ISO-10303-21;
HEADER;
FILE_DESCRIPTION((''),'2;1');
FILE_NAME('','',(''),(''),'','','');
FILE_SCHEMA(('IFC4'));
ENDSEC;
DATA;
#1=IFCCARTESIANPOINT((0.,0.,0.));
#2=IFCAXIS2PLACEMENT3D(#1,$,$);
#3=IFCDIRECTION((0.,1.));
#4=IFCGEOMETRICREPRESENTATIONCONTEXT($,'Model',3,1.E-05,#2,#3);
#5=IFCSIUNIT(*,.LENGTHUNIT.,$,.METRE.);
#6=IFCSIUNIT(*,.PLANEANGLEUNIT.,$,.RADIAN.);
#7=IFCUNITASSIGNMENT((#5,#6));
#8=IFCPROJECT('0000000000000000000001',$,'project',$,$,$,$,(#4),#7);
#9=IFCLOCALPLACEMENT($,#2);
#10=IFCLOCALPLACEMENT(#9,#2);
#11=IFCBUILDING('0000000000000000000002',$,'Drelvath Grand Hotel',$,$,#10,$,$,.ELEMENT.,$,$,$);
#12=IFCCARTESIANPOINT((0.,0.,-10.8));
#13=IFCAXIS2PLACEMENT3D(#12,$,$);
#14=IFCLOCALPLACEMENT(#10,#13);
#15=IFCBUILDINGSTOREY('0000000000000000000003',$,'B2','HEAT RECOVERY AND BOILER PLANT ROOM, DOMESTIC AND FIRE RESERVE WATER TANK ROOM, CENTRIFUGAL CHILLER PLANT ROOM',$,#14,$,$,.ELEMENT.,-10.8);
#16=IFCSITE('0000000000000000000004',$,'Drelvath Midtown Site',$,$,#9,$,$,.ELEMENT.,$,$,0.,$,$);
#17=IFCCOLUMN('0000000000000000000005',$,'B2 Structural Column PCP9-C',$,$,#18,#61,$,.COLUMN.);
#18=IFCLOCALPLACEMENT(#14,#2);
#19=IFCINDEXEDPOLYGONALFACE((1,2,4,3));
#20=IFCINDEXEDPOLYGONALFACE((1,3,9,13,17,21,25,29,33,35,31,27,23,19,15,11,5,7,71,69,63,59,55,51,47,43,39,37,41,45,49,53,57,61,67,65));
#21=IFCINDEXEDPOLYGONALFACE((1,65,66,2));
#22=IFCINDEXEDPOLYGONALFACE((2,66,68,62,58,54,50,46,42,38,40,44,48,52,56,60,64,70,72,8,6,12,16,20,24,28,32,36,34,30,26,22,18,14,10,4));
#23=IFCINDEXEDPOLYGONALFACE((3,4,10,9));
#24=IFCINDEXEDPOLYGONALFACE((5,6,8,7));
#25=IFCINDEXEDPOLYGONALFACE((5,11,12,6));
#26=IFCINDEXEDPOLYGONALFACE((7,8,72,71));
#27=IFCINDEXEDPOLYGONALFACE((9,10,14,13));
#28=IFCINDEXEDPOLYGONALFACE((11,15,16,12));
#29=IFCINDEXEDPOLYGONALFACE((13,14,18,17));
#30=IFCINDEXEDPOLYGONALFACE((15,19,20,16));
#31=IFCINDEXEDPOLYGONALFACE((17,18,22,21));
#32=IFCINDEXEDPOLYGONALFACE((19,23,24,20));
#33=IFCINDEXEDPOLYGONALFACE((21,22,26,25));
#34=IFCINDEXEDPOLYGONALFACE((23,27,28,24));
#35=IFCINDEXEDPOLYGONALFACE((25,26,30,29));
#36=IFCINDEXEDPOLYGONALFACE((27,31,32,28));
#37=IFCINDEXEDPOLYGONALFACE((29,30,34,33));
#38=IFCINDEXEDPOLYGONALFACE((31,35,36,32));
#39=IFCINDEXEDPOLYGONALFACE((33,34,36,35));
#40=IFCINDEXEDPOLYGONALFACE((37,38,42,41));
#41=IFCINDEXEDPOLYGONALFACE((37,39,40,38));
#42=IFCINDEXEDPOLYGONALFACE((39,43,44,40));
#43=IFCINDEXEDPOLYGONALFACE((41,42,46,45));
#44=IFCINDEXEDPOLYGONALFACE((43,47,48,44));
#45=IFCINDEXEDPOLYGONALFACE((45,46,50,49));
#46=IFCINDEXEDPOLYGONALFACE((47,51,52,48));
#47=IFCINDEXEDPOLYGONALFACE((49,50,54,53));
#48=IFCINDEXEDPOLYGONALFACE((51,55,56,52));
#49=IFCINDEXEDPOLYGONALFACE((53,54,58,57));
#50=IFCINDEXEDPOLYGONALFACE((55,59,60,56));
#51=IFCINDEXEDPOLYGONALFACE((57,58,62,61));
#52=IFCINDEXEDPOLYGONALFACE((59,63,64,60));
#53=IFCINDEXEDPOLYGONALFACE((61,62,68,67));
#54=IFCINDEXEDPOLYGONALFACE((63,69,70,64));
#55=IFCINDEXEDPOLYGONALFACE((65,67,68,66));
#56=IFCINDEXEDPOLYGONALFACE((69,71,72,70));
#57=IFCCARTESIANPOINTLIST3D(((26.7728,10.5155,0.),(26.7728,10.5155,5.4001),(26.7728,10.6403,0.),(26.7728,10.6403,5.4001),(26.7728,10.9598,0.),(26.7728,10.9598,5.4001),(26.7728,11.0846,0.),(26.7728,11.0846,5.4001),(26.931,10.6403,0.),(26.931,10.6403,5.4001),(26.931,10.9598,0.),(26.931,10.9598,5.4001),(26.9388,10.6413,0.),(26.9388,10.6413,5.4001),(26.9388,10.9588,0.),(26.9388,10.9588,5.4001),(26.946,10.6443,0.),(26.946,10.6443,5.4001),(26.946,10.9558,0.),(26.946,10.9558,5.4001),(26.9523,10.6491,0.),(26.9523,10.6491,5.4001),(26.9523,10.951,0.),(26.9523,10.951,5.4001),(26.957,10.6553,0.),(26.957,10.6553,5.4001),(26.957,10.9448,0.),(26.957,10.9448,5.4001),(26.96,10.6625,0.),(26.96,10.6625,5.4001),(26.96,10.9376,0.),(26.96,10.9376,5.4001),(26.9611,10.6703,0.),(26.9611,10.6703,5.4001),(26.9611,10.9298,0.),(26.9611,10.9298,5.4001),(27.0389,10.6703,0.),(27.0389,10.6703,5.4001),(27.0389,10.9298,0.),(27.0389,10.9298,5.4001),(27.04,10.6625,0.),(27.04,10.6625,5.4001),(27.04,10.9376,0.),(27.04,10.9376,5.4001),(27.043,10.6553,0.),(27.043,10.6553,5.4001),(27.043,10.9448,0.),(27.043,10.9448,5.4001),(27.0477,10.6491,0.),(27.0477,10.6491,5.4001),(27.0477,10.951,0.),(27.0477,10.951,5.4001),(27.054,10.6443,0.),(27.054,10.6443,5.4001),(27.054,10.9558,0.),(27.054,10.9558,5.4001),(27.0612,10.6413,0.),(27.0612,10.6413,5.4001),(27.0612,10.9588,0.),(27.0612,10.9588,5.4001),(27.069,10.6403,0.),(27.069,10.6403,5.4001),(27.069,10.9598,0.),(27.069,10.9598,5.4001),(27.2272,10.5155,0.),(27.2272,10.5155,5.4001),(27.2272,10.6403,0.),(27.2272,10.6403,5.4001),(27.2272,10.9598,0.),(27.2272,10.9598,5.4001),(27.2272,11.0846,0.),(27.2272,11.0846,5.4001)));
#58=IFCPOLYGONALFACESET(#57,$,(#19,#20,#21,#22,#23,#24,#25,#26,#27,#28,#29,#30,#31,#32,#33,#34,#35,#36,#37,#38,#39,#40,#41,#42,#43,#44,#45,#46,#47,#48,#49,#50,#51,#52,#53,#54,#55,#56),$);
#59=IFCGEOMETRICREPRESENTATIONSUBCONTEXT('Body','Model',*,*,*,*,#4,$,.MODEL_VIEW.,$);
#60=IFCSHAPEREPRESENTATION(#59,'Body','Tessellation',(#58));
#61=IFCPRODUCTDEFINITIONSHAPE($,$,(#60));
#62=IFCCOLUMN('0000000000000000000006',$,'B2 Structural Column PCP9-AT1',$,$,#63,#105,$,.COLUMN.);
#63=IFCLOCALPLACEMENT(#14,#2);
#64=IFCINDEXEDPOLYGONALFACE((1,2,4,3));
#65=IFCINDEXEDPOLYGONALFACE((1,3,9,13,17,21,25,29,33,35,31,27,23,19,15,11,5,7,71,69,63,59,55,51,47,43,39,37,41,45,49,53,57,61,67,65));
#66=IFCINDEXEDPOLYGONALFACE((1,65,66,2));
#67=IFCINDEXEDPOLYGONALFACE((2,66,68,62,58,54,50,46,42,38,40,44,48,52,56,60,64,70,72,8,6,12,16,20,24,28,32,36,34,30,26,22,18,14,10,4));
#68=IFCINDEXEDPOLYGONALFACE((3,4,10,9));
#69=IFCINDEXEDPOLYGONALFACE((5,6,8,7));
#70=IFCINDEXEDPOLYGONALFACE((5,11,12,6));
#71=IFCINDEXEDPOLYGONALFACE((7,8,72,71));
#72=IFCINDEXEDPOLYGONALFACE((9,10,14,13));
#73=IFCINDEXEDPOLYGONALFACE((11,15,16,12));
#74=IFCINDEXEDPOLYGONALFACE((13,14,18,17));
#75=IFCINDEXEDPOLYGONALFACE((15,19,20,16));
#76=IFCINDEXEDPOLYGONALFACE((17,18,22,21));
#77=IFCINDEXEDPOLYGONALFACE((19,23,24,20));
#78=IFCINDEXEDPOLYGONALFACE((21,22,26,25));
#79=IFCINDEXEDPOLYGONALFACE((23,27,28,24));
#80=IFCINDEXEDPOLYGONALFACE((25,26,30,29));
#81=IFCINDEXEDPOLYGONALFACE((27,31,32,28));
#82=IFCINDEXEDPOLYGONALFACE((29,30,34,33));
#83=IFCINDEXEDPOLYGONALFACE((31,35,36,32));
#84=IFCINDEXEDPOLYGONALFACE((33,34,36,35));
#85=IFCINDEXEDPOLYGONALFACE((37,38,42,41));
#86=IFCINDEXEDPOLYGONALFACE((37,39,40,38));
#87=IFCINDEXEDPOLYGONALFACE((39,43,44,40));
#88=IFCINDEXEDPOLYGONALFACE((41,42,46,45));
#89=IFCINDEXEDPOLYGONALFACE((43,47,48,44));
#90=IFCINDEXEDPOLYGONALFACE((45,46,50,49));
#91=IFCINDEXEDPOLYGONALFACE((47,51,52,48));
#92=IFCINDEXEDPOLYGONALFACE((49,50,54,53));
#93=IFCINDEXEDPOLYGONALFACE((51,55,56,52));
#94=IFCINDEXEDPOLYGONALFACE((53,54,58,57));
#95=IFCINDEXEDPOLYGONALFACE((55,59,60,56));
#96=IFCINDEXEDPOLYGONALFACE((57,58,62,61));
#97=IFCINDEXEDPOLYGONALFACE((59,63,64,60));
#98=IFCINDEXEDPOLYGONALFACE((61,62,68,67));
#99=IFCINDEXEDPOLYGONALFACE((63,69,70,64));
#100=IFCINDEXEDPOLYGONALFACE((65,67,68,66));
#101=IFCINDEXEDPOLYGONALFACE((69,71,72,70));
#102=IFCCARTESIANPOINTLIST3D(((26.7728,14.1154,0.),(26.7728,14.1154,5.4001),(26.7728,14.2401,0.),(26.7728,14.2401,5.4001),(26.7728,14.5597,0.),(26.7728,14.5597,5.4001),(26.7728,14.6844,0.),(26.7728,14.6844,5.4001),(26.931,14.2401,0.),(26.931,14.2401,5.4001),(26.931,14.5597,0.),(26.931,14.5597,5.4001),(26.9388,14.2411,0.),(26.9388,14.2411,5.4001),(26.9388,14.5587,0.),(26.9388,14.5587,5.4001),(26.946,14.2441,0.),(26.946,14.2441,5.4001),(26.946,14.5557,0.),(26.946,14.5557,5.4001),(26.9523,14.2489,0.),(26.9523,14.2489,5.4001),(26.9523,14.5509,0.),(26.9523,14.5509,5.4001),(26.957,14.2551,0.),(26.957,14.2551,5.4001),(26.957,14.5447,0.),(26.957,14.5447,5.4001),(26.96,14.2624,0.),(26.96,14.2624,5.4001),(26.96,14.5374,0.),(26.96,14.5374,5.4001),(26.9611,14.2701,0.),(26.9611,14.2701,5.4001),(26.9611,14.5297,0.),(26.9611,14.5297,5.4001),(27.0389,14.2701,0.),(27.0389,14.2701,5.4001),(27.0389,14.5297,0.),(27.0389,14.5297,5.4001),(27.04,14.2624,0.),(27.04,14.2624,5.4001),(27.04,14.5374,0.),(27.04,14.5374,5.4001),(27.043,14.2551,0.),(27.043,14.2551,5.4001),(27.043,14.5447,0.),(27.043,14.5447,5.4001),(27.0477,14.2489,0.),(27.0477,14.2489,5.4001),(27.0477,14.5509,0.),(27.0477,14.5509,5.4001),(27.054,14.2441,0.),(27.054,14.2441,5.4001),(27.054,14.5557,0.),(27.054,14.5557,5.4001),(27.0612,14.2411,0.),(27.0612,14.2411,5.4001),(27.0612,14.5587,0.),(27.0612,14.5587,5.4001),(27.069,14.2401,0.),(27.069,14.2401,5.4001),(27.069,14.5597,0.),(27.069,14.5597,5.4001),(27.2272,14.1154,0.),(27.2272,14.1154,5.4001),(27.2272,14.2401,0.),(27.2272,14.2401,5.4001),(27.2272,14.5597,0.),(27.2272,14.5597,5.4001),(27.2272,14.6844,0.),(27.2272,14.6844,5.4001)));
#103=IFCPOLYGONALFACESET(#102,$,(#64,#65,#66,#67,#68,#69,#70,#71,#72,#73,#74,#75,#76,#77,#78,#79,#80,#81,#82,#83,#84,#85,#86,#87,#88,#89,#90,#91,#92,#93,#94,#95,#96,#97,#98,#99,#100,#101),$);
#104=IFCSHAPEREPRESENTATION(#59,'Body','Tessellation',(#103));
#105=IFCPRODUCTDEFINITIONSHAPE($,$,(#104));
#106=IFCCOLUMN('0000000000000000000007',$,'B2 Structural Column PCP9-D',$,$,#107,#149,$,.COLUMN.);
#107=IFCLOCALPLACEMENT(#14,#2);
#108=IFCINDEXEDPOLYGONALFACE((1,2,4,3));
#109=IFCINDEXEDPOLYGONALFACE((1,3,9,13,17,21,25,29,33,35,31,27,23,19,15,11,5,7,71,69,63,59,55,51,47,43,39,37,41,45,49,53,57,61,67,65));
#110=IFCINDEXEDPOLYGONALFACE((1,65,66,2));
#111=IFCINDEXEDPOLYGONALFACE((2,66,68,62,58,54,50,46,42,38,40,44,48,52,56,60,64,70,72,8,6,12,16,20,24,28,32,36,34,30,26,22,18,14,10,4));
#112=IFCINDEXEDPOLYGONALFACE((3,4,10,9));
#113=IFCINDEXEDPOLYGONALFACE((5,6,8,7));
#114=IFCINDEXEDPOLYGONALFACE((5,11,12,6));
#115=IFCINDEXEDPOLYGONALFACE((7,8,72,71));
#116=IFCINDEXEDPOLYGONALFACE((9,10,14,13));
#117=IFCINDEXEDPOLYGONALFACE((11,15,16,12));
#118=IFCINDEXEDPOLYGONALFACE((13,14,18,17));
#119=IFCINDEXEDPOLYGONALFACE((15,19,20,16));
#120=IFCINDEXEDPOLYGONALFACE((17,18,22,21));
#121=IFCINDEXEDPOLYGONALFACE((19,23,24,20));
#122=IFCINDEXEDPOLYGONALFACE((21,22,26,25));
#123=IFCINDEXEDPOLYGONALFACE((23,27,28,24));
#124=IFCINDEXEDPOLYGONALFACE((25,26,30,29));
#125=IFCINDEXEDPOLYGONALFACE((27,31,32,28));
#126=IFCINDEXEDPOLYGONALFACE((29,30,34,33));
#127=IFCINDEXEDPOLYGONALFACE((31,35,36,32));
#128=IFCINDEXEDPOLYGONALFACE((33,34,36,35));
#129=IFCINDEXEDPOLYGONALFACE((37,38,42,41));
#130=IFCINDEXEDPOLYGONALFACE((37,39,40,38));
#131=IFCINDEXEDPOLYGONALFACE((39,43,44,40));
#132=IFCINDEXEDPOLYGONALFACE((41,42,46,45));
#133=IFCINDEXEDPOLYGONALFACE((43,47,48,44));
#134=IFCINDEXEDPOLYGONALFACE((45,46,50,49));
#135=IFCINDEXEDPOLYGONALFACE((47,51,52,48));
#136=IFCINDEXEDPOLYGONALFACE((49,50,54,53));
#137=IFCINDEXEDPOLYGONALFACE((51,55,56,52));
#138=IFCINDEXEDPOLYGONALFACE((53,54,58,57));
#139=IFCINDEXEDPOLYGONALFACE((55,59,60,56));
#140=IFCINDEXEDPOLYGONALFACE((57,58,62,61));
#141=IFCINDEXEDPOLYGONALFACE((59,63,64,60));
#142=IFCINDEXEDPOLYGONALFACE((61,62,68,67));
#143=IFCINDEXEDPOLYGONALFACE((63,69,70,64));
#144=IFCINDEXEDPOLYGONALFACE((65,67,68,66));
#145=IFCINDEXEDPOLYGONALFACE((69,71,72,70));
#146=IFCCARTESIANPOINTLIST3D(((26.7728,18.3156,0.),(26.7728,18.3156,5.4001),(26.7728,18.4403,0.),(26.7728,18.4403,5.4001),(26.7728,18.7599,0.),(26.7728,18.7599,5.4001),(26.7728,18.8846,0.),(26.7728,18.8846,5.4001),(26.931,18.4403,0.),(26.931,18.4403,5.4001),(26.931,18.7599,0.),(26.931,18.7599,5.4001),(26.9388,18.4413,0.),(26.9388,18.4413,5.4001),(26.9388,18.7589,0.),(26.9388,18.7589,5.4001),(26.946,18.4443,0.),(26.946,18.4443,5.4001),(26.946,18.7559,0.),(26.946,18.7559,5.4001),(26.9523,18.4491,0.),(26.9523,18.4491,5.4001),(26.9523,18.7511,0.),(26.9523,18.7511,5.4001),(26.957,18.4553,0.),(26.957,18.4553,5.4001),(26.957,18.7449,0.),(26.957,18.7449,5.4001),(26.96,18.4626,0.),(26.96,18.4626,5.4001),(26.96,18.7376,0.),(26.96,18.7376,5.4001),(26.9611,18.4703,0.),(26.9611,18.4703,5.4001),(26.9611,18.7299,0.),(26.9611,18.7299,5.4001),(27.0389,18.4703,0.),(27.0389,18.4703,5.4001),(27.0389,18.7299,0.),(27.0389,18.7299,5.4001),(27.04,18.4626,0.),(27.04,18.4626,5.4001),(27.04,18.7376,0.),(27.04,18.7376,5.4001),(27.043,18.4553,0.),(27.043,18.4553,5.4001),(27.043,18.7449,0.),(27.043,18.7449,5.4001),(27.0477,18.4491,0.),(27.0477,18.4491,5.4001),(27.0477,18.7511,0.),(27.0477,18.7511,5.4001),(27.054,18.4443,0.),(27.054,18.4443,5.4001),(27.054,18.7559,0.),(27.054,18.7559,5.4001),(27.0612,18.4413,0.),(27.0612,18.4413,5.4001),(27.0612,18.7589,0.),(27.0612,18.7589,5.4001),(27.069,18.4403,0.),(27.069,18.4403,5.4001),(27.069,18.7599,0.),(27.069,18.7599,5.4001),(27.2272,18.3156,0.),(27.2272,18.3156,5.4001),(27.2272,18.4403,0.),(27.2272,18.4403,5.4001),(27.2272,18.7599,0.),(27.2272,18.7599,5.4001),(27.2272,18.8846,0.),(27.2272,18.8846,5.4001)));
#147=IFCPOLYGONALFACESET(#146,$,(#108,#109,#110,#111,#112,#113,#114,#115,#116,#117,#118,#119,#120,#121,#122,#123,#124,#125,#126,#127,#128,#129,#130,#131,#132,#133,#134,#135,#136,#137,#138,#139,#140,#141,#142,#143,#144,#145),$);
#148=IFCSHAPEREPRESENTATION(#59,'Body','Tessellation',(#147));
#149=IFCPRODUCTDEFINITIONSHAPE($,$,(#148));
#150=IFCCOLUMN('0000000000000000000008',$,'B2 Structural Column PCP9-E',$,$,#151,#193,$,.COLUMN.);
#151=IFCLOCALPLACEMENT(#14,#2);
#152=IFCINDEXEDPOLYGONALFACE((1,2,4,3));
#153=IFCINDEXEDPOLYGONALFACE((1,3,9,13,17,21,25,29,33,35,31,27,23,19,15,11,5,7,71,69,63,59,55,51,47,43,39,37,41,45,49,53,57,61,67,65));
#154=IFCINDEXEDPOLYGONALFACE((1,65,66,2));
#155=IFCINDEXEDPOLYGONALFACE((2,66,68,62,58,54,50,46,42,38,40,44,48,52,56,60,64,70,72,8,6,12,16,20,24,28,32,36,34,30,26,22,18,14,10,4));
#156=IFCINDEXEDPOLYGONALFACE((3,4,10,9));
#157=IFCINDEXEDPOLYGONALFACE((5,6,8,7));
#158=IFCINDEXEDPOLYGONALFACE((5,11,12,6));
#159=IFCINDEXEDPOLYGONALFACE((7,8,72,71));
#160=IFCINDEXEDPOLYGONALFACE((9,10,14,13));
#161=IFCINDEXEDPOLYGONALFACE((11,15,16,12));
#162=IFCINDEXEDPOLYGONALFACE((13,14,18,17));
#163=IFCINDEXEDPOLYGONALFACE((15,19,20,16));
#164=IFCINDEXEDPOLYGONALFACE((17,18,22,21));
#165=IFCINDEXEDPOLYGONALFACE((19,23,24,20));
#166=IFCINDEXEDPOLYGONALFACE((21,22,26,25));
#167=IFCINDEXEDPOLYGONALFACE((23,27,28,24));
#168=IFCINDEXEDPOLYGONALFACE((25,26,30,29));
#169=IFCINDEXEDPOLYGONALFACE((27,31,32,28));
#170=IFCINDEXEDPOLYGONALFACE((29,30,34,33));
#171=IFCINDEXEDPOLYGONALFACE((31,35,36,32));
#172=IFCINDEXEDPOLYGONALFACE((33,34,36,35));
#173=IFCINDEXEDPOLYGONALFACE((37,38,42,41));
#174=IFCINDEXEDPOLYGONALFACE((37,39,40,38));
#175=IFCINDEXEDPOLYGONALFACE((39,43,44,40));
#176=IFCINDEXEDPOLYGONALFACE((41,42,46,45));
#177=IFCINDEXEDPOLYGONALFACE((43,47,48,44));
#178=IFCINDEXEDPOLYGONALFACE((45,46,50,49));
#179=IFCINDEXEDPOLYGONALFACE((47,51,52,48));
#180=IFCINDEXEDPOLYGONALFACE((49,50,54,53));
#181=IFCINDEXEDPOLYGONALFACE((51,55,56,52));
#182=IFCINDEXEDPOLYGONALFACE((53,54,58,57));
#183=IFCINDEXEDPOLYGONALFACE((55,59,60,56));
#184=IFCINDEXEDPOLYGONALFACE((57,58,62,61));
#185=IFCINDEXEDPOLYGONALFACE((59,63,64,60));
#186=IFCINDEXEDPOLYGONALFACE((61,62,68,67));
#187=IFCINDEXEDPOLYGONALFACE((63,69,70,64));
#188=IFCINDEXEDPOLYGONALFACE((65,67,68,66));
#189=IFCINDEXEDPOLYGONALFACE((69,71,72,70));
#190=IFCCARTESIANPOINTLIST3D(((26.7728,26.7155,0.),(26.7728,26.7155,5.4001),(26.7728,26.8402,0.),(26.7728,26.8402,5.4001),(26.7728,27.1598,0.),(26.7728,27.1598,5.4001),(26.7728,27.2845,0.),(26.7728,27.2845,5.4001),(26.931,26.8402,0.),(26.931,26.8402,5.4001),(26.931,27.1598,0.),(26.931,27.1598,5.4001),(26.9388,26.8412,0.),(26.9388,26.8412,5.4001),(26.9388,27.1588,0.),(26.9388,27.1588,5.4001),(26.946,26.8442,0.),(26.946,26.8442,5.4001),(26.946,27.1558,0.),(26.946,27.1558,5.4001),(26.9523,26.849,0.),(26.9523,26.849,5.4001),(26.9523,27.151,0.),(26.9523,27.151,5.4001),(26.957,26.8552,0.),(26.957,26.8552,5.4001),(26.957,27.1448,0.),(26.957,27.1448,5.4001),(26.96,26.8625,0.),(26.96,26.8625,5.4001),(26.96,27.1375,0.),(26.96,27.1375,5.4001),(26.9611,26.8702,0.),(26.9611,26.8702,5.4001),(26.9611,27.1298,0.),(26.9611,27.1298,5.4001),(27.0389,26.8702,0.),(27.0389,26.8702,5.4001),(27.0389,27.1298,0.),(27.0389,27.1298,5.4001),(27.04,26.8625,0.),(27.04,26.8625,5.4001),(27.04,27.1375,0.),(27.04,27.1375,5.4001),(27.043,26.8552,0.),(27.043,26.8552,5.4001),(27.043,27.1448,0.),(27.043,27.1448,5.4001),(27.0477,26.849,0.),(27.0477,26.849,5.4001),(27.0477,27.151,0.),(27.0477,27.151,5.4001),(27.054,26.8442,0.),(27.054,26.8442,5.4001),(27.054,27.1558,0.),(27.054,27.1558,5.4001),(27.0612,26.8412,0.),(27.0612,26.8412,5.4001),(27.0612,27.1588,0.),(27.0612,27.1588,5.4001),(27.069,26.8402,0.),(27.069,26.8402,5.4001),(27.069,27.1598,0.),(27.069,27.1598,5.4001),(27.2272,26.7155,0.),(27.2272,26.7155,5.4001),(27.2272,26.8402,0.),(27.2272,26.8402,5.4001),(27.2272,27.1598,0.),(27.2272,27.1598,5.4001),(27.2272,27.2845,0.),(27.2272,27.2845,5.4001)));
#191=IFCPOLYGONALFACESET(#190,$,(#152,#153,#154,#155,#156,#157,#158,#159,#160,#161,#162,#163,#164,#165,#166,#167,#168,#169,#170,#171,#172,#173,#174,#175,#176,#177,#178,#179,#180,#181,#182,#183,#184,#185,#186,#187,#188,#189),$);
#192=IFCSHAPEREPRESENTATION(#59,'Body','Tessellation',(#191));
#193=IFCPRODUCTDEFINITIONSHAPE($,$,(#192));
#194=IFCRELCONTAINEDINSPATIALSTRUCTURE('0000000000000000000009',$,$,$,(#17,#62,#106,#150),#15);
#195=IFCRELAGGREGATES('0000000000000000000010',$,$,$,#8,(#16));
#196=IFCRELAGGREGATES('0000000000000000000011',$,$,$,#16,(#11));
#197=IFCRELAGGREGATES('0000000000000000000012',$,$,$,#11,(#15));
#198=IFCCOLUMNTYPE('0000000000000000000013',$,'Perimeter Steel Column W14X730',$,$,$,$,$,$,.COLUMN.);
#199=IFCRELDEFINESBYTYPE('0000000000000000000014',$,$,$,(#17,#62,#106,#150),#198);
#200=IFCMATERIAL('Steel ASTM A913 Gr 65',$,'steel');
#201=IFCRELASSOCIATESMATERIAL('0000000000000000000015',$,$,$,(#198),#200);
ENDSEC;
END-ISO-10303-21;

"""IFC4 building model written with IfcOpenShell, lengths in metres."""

from ifc_helpers import new_model, si_unit, direction, frame, origin, origin_2d, place, context, subcontext, project, spatial, i_section, extrude, material, material_profile, profile_set, type_object, element, save


model = new_model("IFC4")

# Units and contexts
model_context = context("Model", 3, precision=1e-05, world=origin(), true_north=direction((0.0, 1.0)))
body_context = subcontext(model_context, "Body", "Model", "MODEL_VIEW")
ifc_project = project(units=[si_unit("LENGTHUNIT", "METRE"), si_unit("PLANEANGLEUNIT", "RADIAN")], contexts=[model_context])

# Site, building, storey
site_placement = place(None, origin())
site = spatial("IfcSite", under=ifc_project, at=site_placement, Name="Drelvath Midtown Site", CompositionType="ELEMENT", RefElevation=0.0)
building_placement = place(site_placement, origin())
building = spatial("IfcBuilding", under=site, at=building_placement, Name="Drelvath Grand Hotel", CompositionType="ELEMENT")
storey_placement = place(building_placement, frame((0.0, 0.0, -10.8)))
storey = spatial("IfcBuildingStorey", under=building, at=storey_placement, Name="B2", Description="HEAT RECOVERY AND BOILER PLANT ROOM, DOMESTIC AND FIRE RESERVE WATER TANK ROOM, CENTRIFUGAL CHILLER PLANT ROOM", CompositionType="ELEMENT", Elevation=-10.8)

# Columns
ifc_material_1 = material(Name="Steel ASTM A913 Gr 65", Category="steel")
ifc_material_profile_1 = material_profile(ifc_material_1, i_section(OverallWidth=0.4543, OverallDepth=0.5691, WebThickness=0.0779, FlangeThickness=0.1248, FilletRadius=0.03, at=origin_2d()), Name="W14X730")
ifc_profile_set_1 = profile_set([ifc_material_profile_1], Name="Steel ASTM A913 Gr 65")
column_type_1 = type_object("IfcColumnType", Name="Perimeter Steel Column W14X730", PredefinedType="COLUMN", material=ifc_profile_set_1)
for number, where, z_axis, x_axis, name in (
    (1, (27.0, 10.8, 0.0), (0.0, 0.0, 1.0), (1.0, 0.0, 0.0), "B2 Structural Column PCP9-C"),
    (2, (27.0, 14.3999, 0.0), (0.0, 0.0, 1.0), (1.0, 0.0, 0.0), "B2 Structural Column PCP9-AT1"),
    (3, (27.0, 18.6001, 0.0), (0.0, 0.0, 1.0), (1.0, 0.0, 0.0), "B2 Structural Column PCP9-D"),
    (4, (27.0, 27.0, 0.0), (0.0, 0.0, 1.0), (1.0, 0.0, 0.0), "B2 Structural Column PCP9-E"),
):
    element("IfcColumn", number, at=place(storey_placement, frame(where, z_axis=z_axis, x_axis=x_axis)), inside=storey, type_object=column_type_1, Name=name, PredefinedType="COLUMN", context=body_context, shape_type="SweptSolid", body=[
        extrude(i_section(OverallWidth=0.4543, OverallDepth=0.5691, WebThickness=0.0779, FlangeThickness=0.1248, FilletRadius=0.03, at=origin_2d()), origin(), (0.0, 0.0, 1.0), 5.4001),
    ])

save(model, "model.ifc")
